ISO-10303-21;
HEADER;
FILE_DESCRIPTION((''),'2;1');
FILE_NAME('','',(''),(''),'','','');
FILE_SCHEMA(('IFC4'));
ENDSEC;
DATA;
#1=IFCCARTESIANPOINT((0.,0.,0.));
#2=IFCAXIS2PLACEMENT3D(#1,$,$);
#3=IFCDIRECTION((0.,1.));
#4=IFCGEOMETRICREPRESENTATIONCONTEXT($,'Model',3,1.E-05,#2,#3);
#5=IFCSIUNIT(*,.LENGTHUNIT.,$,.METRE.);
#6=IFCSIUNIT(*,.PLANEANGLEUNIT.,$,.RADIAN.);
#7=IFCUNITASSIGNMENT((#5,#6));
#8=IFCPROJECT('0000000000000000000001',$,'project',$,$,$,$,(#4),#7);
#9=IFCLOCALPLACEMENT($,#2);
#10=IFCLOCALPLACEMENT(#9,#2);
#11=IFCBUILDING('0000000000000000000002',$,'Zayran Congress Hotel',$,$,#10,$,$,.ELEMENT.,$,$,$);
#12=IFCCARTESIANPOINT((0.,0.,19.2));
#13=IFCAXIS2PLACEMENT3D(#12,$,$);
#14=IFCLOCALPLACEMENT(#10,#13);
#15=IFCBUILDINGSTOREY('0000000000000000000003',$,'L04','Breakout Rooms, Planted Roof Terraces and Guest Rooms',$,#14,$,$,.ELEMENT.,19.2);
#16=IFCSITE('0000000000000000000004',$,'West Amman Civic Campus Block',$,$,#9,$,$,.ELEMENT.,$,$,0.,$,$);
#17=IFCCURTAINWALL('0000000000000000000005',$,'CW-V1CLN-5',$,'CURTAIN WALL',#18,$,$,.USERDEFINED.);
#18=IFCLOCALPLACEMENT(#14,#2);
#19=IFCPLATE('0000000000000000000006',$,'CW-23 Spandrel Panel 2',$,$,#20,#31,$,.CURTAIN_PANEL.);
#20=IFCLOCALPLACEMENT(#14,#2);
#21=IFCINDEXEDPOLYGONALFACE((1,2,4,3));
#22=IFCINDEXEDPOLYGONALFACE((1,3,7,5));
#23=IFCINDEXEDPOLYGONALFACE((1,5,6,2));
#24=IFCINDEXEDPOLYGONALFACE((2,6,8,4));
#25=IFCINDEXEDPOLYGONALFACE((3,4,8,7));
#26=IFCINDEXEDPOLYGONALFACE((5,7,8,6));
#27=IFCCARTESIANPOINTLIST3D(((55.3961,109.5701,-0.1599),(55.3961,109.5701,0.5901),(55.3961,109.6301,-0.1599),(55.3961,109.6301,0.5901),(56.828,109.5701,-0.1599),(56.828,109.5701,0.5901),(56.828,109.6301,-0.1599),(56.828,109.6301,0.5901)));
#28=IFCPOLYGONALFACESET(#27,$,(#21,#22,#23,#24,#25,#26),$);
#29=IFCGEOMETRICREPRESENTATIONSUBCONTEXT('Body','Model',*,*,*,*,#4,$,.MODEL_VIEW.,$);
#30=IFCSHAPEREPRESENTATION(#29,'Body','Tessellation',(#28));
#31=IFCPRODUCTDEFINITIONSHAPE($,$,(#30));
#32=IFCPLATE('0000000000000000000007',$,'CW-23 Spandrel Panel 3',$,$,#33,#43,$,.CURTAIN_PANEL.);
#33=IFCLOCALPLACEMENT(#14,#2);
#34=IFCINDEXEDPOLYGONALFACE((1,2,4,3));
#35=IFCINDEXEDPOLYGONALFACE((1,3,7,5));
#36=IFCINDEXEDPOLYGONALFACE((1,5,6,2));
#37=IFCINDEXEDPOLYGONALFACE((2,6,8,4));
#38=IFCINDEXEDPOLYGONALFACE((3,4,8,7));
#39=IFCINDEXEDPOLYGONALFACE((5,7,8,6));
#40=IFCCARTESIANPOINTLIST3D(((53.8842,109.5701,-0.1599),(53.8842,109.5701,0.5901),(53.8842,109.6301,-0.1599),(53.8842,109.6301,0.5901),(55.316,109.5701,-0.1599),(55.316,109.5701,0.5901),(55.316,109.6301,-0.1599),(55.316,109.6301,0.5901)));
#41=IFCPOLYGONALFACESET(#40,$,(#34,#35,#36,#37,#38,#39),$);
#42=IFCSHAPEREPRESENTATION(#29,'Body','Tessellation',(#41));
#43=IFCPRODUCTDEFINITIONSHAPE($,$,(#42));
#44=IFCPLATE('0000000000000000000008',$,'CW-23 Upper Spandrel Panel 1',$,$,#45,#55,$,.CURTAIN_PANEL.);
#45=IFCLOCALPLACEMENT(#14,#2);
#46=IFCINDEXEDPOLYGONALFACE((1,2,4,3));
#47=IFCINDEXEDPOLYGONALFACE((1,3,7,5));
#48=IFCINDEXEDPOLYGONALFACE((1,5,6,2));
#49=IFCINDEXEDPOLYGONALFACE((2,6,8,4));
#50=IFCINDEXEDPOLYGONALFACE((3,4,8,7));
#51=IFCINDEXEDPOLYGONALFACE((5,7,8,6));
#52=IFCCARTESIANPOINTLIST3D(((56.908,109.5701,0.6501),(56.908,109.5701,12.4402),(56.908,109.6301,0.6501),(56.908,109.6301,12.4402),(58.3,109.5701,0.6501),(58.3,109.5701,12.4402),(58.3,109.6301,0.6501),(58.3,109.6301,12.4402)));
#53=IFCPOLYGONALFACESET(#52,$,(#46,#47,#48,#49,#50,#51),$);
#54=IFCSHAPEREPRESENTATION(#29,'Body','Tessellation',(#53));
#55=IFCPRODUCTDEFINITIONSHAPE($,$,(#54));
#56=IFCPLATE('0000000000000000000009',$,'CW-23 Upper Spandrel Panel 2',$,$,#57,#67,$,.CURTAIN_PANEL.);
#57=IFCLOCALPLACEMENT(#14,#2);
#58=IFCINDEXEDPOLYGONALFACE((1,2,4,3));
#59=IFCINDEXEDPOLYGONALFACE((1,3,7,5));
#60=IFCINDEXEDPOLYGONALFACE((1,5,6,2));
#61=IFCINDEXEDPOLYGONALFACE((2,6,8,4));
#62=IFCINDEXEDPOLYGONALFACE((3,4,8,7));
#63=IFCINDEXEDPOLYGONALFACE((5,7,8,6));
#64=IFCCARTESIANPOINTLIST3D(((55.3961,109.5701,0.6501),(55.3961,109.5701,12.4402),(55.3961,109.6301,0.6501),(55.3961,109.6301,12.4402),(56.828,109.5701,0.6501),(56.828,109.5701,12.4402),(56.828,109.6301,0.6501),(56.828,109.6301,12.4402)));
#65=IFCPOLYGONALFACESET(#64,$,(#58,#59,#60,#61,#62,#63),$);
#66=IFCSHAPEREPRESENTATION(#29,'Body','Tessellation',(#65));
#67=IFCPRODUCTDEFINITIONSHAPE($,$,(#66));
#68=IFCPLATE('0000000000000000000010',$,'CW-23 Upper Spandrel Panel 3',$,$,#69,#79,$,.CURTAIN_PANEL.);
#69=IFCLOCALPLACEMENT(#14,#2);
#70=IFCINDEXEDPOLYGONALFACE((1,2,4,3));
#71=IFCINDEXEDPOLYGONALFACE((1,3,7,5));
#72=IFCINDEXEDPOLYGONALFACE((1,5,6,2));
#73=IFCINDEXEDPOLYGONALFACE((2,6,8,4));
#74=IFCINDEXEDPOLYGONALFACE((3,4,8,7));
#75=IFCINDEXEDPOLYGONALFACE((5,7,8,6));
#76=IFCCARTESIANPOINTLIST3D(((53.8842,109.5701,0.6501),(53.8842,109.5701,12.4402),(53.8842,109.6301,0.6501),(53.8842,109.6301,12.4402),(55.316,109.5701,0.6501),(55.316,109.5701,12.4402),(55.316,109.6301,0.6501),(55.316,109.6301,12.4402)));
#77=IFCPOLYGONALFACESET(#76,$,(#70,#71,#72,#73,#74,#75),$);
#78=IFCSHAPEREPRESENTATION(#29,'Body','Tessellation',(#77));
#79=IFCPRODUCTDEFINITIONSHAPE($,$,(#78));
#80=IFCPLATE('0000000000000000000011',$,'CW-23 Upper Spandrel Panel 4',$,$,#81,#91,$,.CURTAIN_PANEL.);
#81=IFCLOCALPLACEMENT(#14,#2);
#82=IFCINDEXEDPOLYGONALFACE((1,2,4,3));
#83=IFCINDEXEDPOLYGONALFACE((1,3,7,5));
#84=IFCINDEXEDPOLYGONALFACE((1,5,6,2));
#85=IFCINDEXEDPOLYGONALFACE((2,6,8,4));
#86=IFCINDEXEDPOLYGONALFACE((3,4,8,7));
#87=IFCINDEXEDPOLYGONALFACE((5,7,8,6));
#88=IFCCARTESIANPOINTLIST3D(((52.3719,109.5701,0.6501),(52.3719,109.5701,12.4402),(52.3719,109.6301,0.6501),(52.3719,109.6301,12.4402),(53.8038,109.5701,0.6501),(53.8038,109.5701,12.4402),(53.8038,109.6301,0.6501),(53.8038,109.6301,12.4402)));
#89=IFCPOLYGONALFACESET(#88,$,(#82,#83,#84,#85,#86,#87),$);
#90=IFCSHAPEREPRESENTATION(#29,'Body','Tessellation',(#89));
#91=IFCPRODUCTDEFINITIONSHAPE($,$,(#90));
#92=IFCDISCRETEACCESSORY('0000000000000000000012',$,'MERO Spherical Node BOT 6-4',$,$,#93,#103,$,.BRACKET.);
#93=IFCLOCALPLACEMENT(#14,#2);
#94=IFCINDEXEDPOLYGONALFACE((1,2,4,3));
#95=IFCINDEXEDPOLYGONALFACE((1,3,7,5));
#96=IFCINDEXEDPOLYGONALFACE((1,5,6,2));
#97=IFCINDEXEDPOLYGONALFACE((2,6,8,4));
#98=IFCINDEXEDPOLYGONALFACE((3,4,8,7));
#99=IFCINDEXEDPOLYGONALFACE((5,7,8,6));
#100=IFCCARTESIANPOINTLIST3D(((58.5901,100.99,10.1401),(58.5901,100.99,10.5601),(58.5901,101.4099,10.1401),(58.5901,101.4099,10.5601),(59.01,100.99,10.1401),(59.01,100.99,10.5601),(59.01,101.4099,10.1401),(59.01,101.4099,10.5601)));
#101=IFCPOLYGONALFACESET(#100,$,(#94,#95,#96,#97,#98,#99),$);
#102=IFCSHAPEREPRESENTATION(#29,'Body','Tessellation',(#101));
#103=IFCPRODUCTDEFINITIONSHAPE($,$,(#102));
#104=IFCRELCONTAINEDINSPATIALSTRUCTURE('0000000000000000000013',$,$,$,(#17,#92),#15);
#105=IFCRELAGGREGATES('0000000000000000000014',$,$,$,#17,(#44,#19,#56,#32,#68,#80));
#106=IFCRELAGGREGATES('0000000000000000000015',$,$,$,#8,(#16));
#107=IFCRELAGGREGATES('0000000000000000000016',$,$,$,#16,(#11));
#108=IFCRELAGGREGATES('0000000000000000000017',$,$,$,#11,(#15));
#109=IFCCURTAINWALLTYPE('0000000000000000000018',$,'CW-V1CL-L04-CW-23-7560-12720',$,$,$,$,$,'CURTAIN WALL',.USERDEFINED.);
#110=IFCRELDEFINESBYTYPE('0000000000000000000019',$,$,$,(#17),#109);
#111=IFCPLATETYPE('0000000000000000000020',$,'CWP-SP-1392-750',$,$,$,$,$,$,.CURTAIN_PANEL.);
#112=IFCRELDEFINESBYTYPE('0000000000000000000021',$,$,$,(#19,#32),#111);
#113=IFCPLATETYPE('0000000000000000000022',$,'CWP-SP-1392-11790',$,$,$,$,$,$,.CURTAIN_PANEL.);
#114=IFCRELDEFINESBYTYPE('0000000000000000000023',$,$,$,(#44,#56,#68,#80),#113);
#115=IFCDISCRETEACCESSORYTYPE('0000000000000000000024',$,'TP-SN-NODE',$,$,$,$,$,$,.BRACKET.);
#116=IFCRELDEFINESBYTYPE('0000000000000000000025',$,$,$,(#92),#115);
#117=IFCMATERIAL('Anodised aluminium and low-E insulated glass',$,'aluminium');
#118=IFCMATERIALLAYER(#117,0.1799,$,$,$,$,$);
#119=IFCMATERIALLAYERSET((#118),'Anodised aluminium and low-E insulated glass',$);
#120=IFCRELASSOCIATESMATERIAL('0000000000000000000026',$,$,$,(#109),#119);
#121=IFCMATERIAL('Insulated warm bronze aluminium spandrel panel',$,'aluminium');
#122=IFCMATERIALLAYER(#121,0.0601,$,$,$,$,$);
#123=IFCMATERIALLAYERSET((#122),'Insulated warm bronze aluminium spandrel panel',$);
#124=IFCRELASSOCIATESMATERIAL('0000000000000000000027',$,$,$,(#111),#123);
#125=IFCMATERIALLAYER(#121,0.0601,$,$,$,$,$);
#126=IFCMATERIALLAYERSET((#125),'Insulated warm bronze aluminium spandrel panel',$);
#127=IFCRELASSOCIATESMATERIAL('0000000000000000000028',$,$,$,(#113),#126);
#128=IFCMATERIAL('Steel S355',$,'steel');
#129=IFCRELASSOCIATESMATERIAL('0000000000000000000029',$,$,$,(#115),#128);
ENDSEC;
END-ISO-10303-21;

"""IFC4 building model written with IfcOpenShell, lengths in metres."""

from ifc_helpers import new_model, si_unit, direction, frame, origin, origin_2d, place, context, subcontext, project, spatial, rectangle, extrude, material, layer, layer_set, type_object, element, aggregate, save


model = new_model("IFC4")

# Units and contexts
model_context = context("Model", 3, precision=1e-05, world=origin(), true_north=direction((0.0, 1.0)))
body_context = subcontext(model_context, "Body", "Model", "MODEL_VIEW")
ifc_project = project(units=[si_unit("LENGTHUNIT", "METRE"), si_unit("PLANEANGLEUNIT", "RADIAN")], contexts=[model_context])

# Site, building, storey
site_placement = place(None, origin())
site = spatial("IfcSite", under=ifc_project, at=site_placement, Name="West Amman Civic Campus Block", CompositionType="ELEMENT", RefElevation=0.0)
building_placement = place(site_placement, origin())
building = spatial("IfcBuilding", under=site, at=building_placement, Name="Zayran Congress Hotel", CompositionType="ELEMENT")
storey_placement = place(building_placement, frame((0.0, 0.0, 19.2)))
storey = spatial("IfcBuildingStorey", under=building, at=storey_placement, Name="L04", Description="Breakout Rooms, Planted Roof Terraces and Guest Rooms", CompositionType="ELEMENT", Elevation=19.2)

# Shared definitions
ifc_material_1 = material(Name="Steel S355", Category="steel")

# Curtain wall
ifc_material_2 = material(Name="Anodised aluminium and low-E insulated glass", Category="aluminium")
ifc_layer_1 = layer(ifc_material_2, 0.1799)
ifc_layer_set_1 = layer_set([ifc_layer_1], Name="Anodised aluminium and low-E insulated glass")
curtain_wall_type = type_object("IfcCurtainWallType", Name="CW-V1CL-L04-CW-23-7560-12720", ElementType="CURTAIN WALL", PredefinedType="USERDEFINED", material=ifc_layer_set_1)
curtain_wall_placement = place(storey_placement, origin())
curtain_wall = element("IfcCurtainWall", 1, at=curtain_wall_placement, inside=storey, type_object=curtain_wall_type, Name="CW-V1CLN-5", ObjectType="CURTAIN WALL", PredefinedType="USERDEFINED")

# Plates
ifc_material_3 = material(Name="Insulated warm bronze aluminium spandrel panel", Category="aluminium")
ifc_layer_2 = layer(ifc_material_3, 0.0601)
ifc_layer_set_2 = layer_set([ifc_layer_2], Name="Insulated warm bronze aluminium spandrel panel")
plate_type_1 = type_object("IfcPlateType", Name="CWP-SP-1392-750", PredefinedType="CURTAIN_PANEL", material=ifc_layer_set_2)
plate_1_placement = place(storey_placement, frame((56.1121, 109.6001, -0.1599), z_axis=(0.0, 0.0, 1.0), x_axis=(1.0, 0.0, 0.0)))
plate_1 = element("IfcPlate", 2, at=plate_1_placement, type_object=plate_type_1, Name="CW-23 Spandrel Panel 2", PredefinedType="CURTAIN_PANEL", context=body_context, shape_type="SweptSolid", body=[
    extrude(rectangle(XDim=1.4319, YDim=0.0601, at=origin_2d()), origin(), (0.0, 0.0, 1.0), 0.75),
])
plate_2_placement = place(storey_placement, frame((54.6001, 109.6001, -0.1599), z_axis=(0.0, 0.0, 1.0), x_axis=(1.0, 0.0, 0.0)))
plate_2 = element("IfcPlate", 3, at=plate_2_placement, type_object=plate_type_1, Name="CW-23 Spandrel Panel 3", PredefinedType="CURTAIN_PANEL", context=body_context, shape_type="SweptSolid", body=[
    extrude(rectangle(XDim=1.4319, YDim=0.0601, at=origin_2d()), origin(), (0.0, 0.0, 1.0), 0.75),
])
ifc_layer_3 = layer(ifc_material_3, 0.0601)
ifc_layer_set_3 = layer_set([ifc_layer_3], Name="Insulated warm bronze aluminium spandrel panel")
plate_type_2 = type_object("IfcPlateType", Name="CWP-SP-1392-11790", PredefinedType="CURTAIN_PANEL", material=ifc_layer_set_3)
plate_3_placement = place(storey_placement, frame((57.604, 109.6001, 0.6501), z_axis=(0.0, 0.0, 1.0), x_axis=(1.0, 0.0, 0.0)))
plate_3 = element("IfcPlate", 4, at=plate_3_placement, type_object=plate_type_2, Name="CW-23 Upper Spandrel Panel 1", PredefinedType="CURTAIN_PANEL", context=body_context, shape_type="SweptSolid", body=[
    extrude(rectangle(XDim=1.3921, YDim=0.0601, at=origin_2d()), origin(), (0.0, 0.0, 1.0), 11.79),
])
plate_4_placement = place(storey_placement, frame((56.1121, 109.6001, 0.6501), z_axis=(0.0, 0.0, 1.0), x_axis=(1.0, 0.0, 0.0)))
plate_4 = element("IfcPlate", 5, at=plate_4_placement, type_object=plate_type_2, Name="CW-23 Upper Spandrel Panel 2", PredefinedType="CURTAIN_PANEL", context=body_context, shape_type="SweptSolid", body=[
    extrude(rectangle(XDim=1.4319, YDim=0.0601, at=origin_2d()), origin(), (0.0, 0.0, 1.0), 11.79),
])
plate_5_placement = place(storey_placement, frame((54.6001, 109.6001, 0.6501), z_axis=(0.0, 0.0, 1.0), x_axis=(1.0, 0.0, 0.0)))
plate_5 = element("IfcPlate", 6, at=plate_5_placement, type_object=plate_type_2, Name="CW-23 Upper Spandrel Panel 3", PredefinedType="CURTAIN_PANEL", context=body_context, shape_type="SweptSolid", body=[
    extrude(rectangle(XDim=1.4319, YDim=0.0601, at=origin_2d()), origin(), (0.0, 0.0, 1.0), 11.79),
])
plate_6_placement = place(storey_placement, frame((53.0879, 109.6001, 0.6501), z_axis=(0.0, 0.0, 1.0), x_axis=(1.0, 0.0, 0.0)))
plate_6 = element("IfcPlate", 7, at=plate_6_placement, type_object=plate_type_2, Name="CW-23 Upper Spandrel Panel 4", PredefinedType="CURTAIN_PANEL", context=body_context, shape_type="SweptSolid", body=[
    extrude(rectangle(XDim=1.4319, YDim=0.0601, at=origin_2d()), origin(), (0.0, 0.0, 1.0), 11.79),
])
aggregate(curtain_wall, [plate_3, plate_1, plate_4, plate_2, plate_5, plate_6])

# Discrete accessory
discrete_accessory_type = type_object("IfcDiscreteAccessoryType", Name="TP-SN-NODE", PredefinedType="BRACKET", material=ifc_material_1)
discrete_accessory_placement = place(storey_placement, frame((58.8, 101.2, 10.1401), z_axis=(0.0, 0.0, 1.0), x_axis=(1.0, 0.0, 0.0)))
element("IfcDiscreteAccessory", 8, at=discrete_accessory_placement, inside=storey, type_object=discrete_accessory_type, Name="MERO Spherical Node BOT 6-4", PredefinedType="BRACKET", context=body_context, shape_type="SweptSolid", body=[
    extrude(rectangle(XDim=0.4199, YDim=0.4199, at=origin_2d()), origin(), (0.0, 0.0, 1.0), 0.4199),
])

save(model, "model.ifc")
